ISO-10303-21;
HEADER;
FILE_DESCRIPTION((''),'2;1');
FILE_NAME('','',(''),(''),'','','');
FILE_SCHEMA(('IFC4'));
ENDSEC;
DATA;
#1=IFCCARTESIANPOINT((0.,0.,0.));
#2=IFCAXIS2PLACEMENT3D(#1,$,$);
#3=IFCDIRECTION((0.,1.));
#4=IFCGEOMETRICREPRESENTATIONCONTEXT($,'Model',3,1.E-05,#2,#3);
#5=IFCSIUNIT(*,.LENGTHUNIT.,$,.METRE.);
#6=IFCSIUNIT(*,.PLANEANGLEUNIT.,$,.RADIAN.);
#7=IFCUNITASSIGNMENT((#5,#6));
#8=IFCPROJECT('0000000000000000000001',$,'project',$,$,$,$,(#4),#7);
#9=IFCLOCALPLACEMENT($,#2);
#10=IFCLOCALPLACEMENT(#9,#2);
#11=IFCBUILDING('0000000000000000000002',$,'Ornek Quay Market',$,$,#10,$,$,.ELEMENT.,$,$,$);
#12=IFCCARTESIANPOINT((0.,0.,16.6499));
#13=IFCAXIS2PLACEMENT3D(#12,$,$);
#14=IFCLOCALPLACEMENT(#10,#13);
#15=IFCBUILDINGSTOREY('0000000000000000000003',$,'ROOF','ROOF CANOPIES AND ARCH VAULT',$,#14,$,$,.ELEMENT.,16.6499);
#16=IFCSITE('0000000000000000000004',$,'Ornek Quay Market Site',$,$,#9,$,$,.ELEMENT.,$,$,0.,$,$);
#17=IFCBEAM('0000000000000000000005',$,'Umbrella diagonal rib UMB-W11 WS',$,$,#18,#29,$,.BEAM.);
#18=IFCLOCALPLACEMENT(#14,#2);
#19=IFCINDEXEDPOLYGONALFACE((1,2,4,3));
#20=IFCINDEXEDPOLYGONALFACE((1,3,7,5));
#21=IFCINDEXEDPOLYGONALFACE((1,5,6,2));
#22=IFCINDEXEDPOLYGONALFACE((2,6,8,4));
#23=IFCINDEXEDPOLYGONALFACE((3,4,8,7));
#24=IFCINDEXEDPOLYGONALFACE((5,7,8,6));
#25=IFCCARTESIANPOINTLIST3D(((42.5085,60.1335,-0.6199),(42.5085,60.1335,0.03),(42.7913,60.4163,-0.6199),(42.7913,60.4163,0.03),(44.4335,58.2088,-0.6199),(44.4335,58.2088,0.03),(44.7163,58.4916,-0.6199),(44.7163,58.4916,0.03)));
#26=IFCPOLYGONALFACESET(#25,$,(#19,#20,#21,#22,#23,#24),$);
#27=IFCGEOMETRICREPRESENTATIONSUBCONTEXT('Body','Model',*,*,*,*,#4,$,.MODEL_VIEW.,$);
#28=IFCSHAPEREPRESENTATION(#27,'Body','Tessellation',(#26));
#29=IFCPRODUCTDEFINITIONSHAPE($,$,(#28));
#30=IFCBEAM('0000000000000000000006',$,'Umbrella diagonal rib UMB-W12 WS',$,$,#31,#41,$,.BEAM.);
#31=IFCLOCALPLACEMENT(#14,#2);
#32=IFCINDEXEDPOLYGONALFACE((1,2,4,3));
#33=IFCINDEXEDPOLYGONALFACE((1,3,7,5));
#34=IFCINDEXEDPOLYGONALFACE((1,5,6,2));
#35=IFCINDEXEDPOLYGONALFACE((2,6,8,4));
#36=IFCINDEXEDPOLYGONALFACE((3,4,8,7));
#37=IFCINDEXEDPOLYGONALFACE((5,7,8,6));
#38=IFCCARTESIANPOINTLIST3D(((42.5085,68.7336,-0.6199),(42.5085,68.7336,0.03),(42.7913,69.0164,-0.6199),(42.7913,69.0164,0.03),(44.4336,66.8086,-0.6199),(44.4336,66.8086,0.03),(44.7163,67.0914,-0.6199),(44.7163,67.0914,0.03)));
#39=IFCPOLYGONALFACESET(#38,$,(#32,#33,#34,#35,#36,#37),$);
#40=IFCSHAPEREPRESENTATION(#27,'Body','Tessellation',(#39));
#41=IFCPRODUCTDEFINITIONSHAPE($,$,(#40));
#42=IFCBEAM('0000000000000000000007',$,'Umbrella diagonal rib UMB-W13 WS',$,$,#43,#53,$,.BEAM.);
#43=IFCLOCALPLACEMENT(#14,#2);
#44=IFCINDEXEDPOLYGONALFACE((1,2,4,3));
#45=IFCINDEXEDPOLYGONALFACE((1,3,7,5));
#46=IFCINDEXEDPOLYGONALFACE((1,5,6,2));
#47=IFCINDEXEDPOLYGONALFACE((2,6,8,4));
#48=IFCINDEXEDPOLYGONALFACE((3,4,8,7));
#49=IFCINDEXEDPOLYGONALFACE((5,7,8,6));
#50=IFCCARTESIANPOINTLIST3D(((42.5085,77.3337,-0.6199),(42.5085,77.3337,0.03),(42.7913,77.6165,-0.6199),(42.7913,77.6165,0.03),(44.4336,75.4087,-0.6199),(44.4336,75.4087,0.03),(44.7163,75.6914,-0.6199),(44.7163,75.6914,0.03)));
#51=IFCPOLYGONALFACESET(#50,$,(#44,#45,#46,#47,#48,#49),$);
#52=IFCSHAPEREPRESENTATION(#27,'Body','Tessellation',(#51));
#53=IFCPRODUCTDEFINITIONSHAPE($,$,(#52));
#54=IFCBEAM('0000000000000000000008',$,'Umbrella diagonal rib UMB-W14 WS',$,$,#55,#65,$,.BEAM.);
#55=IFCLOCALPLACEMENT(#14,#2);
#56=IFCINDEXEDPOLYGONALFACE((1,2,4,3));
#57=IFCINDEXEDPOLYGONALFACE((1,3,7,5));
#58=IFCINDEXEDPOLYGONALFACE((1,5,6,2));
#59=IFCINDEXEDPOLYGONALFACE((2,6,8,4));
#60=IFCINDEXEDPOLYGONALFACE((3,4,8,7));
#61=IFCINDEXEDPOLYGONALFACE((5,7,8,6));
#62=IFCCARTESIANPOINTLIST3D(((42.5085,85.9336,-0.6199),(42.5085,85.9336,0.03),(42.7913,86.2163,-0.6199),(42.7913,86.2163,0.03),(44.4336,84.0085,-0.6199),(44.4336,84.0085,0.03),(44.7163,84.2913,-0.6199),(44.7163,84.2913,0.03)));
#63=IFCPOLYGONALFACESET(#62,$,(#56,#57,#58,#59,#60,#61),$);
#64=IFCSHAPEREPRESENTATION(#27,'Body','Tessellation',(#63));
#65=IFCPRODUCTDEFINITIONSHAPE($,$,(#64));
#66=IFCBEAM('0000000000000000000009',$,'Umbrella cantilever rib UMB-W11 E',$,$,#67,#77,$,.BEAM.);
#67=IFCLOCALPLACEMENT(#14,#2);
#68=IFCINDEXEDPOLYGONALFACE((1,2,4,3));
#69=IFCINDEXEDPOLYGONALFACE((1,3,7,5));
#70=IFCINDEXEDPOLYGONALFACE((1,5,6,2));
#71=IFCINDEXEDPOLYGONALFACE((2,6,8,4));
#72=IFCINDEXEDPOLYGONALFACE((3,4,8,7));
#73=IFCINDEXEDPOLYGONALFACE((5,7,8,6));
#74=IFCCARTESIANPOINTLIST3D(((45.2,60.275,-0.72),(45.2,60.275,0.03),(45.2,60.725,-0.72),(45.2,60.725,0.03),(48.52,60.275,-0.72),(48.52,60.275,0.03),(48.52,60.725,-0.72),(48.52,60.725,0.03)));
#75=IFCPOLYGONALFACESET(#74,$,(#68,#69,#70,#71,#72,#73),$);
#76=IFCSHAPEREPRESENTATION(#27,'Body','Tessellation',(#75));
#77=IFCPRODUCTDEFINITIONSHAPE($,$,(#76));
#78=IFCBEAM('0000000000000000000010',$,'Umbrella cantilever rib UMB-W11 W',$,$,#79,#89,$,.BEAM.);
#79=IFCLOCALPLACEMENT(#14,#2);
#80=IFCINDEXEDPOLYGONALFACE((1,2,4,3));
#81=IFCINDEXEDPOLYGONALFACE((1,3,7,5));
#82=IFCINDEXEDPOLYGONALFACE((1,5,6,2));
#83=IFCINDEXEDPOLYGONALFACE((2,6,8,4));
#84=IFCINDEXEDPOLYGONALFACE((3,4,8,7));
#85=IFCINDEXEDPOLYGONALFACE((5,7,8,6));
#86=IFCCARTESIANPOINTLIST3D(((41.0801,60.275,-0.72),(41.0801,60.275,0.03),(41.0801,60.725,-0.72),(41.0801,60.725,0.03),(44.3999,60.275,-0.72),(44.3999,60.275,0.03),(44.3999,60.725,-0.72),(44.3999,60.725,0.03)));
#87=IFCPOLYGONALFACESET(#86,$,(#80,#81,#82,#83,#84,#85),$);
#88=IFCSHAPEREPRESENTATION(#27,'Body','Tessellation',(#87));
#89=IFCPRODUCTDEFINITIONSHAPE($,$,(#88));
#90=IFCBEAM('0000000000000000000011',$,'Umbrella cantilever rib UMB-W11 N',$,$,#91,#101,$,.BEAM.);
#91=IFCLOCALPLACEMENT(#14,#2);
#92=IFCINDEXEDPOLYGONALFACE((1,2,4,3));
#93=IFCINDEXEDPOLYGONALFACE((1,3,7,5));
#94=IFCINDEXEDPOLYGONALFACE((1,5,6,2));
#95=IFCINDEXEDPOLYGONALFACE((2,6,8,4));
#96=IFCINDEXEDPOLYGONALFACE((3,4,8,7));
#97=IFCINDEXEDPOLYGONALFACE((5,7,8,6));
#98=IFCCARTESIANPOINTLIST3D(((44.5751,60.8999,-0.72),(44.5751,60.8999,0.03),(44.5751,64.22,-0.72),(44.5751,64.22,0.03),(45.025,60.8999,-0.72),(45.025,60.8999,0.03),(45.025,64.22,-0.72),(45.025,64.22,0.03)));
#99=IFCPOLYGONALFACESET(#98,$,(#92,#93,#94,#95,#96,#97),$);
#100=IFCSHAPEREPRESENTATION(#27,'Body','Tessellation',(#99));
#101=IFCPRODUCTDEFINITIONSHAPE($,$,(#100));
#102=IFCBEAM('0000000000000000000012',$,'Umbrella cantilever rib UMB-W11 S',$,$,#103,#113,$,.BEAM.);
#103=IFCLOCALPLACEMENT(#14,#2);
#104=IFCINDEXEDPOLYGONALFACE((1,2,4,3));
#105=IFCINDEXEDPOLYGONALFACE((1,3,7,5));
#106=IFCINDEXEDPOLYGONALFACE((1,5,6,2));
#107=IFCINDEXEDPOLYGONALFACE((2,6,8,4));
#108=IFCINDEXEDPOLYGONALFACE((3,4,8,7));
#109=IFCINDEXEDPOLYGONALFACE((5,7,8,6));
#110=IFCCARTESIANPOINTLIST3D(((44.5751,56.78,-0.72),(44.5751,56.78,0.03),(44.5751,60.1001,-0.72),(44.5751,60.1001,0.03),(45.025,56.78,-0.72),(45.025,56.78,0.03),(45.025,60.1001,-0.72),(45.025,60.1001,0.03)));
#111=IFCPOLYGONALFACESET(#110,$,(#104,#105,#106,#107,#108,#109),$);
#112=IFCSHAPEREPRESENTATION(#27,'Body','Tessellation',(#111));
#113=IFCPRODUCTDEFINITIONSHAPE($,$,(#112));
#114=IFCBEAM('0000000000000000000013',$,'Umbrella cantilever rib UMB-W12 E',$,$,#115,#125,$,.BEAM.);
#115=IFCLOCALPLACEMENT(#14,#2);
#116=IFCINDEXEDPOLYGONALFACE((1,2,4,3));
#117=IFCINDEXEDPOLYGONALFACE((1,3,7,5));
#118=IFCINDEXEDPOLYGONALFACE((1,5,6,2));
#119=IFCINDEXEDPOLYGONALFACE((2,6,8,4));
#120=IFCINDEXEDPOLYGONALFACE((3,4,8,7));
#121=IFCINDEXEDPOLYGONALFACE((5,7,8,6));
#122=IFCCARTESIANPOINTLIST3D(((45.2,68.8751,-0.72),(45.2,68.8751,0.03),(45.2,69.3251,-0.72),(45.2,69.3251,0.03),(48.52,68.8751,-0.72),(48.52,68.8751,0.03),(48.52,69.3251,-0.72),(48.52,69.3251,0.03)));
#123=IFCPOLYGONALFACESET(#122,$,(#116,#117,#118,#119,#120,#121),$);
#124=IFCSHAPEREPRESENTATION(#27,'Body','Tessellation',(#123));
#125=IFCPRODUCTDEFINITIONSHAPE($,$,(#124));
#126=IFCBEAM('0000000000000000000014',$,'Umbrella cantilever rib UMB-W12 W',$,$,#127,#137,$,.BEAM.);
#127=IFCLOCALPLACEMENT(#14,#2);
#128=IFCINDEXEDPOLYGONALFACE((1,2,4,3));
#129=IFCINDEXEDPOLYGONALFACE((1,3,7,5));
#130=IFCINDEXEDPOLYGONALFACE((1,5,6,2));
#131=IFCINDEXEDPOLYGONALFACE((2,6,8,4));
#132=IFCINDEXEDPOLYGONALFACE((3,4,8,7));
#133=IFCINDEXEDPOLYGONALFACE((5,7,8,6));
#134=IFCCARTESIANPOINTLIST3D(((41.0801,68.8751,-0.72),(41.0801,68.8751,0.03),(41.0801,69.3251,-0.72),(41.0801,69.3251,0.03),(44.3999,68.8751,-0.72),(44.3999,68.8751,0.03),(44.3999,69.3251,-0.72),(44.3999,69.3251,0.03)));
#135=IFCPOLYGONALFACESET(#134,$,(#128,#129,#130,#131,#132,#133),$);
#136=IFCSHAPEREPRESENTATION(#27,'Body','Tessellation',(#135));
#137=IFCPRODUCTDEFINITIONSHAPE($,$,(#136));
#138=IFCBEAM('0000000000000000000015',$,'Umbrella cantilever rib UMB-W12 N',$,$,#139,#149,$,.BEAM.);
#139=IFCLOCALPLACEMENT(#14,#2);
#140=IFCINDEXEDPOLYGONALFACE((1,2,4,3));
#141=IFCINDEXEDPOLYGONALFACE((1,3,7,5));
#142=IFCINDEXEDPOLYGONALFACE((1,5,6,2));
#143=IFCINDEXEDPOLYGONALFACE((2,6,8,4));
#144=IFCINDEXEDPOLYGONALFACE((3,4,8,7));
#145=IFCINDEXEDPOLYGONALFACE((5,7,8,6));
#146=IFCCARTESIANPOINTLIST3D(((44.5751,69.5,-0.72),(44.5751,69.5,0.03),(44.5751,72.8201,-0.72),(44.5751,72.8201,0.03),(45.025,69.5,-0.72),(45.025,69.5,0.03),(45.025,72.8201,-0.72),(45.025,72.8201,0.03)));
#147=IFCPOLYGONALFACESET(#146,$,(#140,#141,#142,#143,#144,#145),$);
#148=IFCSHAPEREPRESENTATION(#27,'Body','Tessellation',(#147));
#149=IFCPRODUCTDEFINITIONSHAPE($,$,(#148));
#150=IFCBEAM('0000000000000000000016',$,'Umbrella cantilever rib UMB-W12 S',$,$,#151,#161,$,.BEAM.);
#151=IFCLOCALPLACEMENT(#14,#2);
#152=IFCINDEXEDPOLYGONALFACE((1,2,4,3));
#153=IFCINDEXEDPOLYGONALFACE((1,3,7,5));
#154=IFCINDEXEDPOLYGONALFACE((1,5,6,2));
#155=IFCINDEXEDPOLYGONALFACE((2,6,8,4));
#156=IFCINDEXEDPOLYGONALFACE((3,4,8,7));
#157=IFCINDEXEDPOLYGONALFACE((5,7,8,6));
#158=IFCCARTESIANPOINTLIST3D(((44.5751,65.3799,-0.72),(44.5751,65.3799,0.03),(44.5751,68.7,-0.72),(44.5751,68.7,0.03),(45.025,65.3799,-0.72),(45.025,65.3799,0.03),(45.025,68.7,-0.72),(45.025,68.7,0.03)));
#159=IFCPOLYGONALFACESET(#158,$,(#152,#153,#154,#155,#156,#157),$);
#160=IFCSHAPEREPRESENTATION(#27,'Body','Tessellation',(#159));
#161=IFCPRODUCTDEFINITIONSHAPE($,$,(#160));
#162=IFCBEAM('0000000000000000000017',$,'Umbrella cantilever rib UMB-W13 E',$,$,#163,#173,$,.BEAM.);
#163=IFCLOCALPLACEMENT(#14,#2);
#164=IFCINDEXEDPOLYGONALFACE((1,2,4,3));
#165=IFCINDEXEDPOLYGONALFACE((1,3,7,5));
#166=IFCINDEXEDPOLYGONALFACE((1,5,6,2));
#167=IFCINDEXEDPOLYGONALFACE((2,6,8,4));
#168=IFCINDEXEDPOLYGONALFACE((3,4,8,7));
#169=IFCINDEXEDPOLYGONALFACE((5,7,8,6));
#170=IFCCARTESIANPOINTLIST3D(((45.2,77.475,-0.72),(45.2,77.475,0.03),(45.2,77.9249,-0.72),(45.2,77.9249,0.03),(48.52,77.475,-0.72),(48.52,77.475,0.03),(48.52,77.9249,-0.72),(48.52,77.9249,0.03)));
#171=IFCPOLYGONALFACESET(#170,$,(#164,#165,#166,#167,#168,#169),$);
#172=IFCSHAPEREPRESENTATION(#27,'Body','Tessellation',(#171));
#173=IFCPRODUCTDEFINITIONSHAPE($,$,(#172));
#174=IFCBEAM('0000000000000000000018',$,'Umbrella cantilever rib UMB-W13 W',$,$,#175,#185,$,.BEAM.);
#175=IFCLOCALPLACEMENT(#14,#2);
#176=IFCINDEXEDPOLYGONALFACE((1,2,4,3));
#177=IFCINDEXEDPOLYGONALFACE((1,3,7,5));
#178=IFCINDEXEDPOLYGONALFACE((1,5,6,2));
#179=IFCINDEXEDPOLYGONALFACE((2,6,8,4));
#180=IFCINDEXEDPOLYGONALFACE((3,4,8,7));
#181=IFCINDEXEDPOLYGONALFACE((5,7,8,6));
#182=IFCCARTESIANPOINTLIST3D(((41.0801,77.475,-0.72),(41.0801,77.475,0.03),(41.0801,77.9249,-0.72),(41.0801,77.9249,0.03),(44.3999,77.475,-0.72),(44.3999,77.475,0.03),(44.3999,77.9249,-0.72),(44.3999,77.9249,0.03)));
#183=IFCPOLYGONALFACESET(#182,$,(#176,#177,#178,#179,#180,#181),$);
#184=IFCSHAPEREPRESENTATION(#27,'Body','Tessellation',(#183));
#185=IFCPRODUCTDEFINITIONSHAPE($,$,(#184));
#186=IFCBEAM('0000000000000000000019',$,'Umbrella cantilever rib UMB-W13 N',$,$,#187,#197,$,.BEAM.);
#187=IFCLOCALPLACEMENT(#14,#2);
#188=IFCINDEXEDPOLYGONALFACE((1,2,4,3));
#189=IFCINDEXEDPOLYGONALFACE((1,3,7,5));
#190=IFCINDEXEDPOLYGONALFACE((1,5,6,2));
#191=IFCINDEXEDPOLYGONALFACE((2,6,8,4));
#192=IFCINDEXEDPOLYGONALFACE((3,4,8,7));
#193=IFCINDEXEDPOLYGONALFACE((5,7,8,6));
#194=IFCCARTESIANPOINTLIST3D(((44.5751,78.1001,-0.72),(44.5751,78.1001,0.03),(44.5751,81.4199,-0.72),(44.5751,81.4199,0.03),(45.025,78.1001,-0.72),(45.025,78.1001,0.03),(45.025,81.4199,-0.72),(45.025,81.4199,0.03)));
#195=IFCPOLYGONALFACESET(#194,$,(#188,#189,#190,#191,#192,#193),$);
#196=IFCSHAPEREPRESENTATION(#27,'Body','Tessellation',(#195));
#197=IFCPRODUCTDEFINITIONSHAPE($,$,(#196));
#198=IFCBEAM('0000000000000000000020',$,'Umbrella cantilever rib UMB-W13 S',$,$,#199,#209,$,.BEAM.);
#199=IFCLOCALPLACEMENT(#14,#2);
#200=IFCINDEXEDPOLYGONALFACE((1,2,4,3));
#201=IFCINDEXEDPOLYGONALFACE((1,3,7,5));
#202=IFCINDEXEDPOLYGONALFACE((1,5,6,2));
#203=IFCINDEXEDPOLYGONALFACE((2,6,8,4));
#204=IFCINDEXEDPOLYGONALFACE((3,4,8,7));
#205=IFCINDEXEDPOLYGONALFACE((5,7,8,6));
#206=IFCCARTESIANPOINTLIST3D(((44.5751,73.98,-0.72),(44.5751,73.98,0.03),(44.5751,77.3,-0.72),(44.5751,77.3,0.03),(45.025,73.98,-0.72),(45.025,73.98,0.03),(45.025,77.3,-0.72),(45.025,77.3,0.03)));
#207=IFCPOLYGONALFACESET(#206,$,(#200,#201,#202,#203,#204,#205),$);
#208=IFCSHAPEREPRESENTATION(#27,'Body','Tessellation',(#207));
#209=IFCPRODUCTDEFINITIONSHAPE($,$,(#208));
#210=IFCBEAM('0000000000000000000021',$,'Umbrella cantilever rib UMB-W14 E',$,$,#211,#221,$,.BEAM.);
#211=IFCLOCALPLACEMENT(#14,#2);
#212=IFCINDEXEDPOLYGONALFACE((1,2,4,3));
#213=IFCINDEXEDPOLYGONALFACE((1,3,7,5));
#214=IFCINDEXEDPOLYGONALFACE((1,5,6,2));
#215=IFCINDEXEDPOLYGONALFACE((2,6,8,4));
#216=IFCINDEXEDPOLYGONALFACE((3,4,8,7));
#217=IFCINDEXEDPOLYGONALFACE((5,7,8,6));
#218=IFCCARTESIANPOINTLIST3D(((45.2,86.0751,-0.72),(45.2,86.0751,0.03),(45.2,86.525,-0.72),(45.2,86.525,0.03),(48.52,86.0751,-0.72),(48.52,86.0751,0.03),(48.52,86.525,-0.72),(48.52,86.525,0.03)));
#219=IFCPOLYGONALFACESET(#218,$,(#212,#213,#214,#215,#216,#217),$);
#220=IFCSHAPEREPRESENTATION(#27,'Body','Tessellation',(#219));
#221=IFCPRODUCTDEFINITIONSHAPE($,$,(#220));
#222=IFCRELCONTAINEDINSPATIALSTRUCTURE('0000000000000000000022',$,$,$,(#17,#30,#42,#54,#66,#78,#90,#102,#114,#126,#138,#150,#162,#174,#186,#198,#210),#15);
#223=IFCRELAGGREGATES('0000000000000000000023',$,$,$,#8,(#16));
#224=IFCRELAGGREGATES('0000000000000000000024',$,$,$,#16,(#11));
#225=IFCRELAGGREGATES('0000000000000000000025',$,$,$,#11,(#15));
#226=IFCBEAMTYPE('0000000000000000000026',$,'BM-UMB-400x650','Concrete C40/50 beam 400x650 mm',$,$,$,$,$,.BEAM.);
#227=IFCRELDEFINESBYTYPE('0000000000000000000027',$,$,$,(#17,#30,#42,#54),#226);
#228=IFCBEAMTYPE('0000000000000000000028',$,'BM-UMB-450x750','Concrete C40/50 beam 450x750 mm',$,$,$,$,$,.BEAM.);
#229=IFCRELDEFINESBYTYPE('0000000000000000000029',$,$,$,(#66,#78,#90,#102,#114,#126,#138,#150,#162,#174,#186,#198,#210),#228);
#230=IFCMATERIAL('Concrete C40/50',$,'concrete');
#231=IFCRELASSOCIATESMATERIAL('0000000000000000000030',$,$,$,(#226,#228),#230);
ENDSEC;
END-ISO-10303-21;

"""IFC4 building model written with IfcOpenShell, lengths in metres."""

from ifc_helpers import new_model, si_unit, direction, frame, origin, origin_2d, place, context, subcontext, project, spatial, rectangle, extrude, material, material_profile, profile_set, type_object, element, save


model = new_model("IFC4")

# Units and contexts
model_context = context("Model", 3, precision=1e-05, world=origin(), true_north=direction((0.0, 1.0)))
body_context = subcontext(model_context, "Body", "Model", "MODEL_VIEW")
ifc_project = project(units=[si_unit("LENGTHUNIT", "METRE"), si_unit("PLANEANGLEUNIT", "RADIAN")], contexts=[model_context])

# Site, building, storey
site_placement = place(None, origin())
site = spatial("IfcSite", under=ifc_project, at=site_placement, Name="Ornek Quay Market Site", CompositionType="ELEMENT", RefElevation=0.0)
building_placement = place(site_placement, origin())
building = spatial("IfcBuilding", under=site, at=building_placement, Name="Ornek Quay Market", CompositionType="ELEMENT")
storey_placement = place(building_placement, frame((0.0, 0.0, 16.6499)))
storey = spatial("IfcBuildingStorey", under=building, at=storey_placement, Name="ROOF", Description="ROOF CANOPIES AND ARCH VAULT", CompositionType="ELEMENT", Elevation=16.6499)

# Beams
ifc_material = material(Name="Concrete C40/50", Category="concrete")
ifc_material_profile_1 = material_profile(ifc_material, rectangle(XDim=0.3999, YDim=0.6499, at=origin_2d()), Name="RC 400x650", Category="concrete")
ifc_profile_set_1 = profile_set([ifc_material_profile_1], Name="Concrete C40/50")
beam_type_1 = type_object("IfcBeamType", Name="BM-UMB-400x650", Description="Concrete C40/50 beam 400x650 mm", PredefinedType="BEAM", material=ifc_profile_set_1)
beam_1_placement = place(storey_placement, frame((42.6499, 60.2749, -0.2949), z_axis=(0.707152, -0.707062, 0.0), x_axis=(0.707062, 0.707152, 0.0)))
element("IfcBeam", 1, at=beam_1_placement, inside=storey, type_object=beam_type_1, Name="Umbrella diagonal rib UMB-W11 WS", PredefinedType="BEAM", context=body_context, shape_type="SweptSolid", body=[
    extrude(rectangle(XDim=0.3999, YDim=0.6499, at=origin_2d()), origin(), (0.0, 0.0, 1.0), 2.7222),
])
for number, where, z_axis, x_axis, name in (
    (2, (42.6499, 68.875, -0.2949), (0.707107, -0.707107, 0.0), (0.707107, 0.707107, 0.0), "Umbrella diagonal rib UMB-W12 WS"),
    (3, (42.6499, 77.4751, -0.2949), (0.707107, -0.707107, 0.0), (0.707107, 0.707107, 0.0), "Umbrella diagonal rib UMB-W13 WS"),
    (4, (42.6499, 86.075, -0.2949), (0.707107, -0.707107, 0.0), (0.707107, 0.707107, 0.0), "Umbrella diagonal rib UMB-W14 WS"),
):
    element("IfcBeam", number, at=place(storey_placement, frame(where, z_axis=z_axis, x_axis=x_axis)), inside=storey, type_object=beam_type_1, Name=name, PredefinedType="BEAM", context=body_context, shape_type="SweptSolid", body=[
        extrude(rectangle(XDim=0.3999, YDim=0.6499, at=origin_2d()), origin(), (0.0, 0.0, 1.0), 2.7224),
    ])
ifc_material_profile_2 = material_profile(ifc_material, rectangle(XDim=0.45, YDim=0.75, at=origin_2d()), Name="RC 450x750", Category="concrete")
ifc_profile_set_2 = profile_set([ifc_material_profile_2], Name="Concrete C40/50")
beam_type_2 = type_object("IfcBeamType", Name="BM-UMB-450x750", Description="Concrete C40/50 beam 450x750 mm", PredefinedType="BEAM", material=ifc_profile_set_2)
beam_2_placement = place(storey_placement, frame((45.2, 60.5, -0.345), z_axis=(1.0, 0.0, 0.0), x_axis=(0.0, 1.0, 0.0)))
element("IfcBeam", 5, at=beam_2_placement, inside=storey, type_object=beam_type_2, Name="Umbrella cantilever rib UMB-W11 E", PredefinedType="BEAM", context=body_context, shape_type="SweptSolid", body=[
    extrude(rectangle(XDim=0.45, YDim=0.75, at=origin_2d()), origin(), (0.0, 0.0, 1.0), 3.3201),
])
beam_3_placement = place(storey_placement, frame((44.3999, 60.5, -0.345), z_axis=(-1.0, 0.0, 0.0), x_axis=(0.0, -1.0, 0.0)))
element("IfcBeam", 6, at=beam_3_placement, inside=storey, type_object=beam_type_2, Name="Umbrella cantilever rib UMB-W11 W", PredefinedType="BEAM", context=body_context, shape_type="SweptSolid", body=[
    extrude(rectangle(XDim=0.45, YDim=0.75, at=origin_2d()), origin(), (0.0, 0.0, 1.0), 3.3198),
])
for number, where, z_axis, x_axis, name in (
    (7, (44.8, 60.8999, -0.345), (0.0, 1.0, 0.0), (-1.0, 0.0, 0.0), "Umbrella cantilever rib UMB-W11 N"),
    (8, (44.8, 60.1001, -0.345), (0.0, -1.0, 0.0), (1.0, 0.0, 0.0), "Umbrella cantilever rib UMB-W11 S"),
    (9, (45.2, 69.1001, -0.345), (1.0, 0.0, 0.0), (0.0, 1.0, 0.0), "Umbrella cantilever rib UMB-W12 E"),
):
    element("IfcBeam", number, at=place(storey_placement, frame(where, z_axis=z_axis, x_axis=x_axis)), inside=storey, type_object=beam_type_2, Name=name, PredefinedType="BEAM", context=body_context, shape_type="SweptSolid", body=[
        extrude(rectangle(XDim=0.45, YDim=0.75, at=origin_2d()), origin(), (0.0, 0.0, 1.0), 3.3201),
    ])
beam_4_placement = place(storey_placement, frame((44.3999, 69.1001, -0.345), z_axis=(-1.0, 0.0, 0.0), x_axis=(0.0, -1.0, 0.0)))
element("IfcBeam", 10, at=beam_4_placement, inside=storey, type_object=beam_type_2, Name="Umbrella cantilever rib UMB-W12 W", PredefinedType="BEAM", context=body_context, shape_type="SweptSolid", body=[
    extrude(rectangle(XDim=0.45, YDim=0.75, at=origin_2d()), origin(), (0.0, 0.0, 1.0), 3.3198),
])
for number, where, z_axis, x_axis, name in (
    (11, (44.8, 69.5, -0.345), (0.0, 1.0, 0.0), (-1.0, 0.0, 0.0), "Umbrella cantilever rib UMB-W12 N"),
    (12, (44.8, 68.7, -0.345), (0.0, -1.0, 0.0), (1.0, 0.0, 0.0), "Umbrella cantilever rib UMB-W12 S"),
    (13, (45.2, 77.7, -0.345), (1.0, 0.0, 0.0), (0.0, 1.0, 0.0), "Umbrella cantilever rib UMB-W13 E"),
):
    element("IfcBeam", number, at=place(storey_placement, frame(where, z_axis=z_axis, x_axis=x_axis)), inside=storey, type_object=beam_type_2, Name=name, PredefinedType="BEAM", context=body_context, shape_type="SweptSolid", body=[
        extrude(rectangle(XDim=0.45, YDim=0.75, at=origin_2d()), origin(), (0.0, 0.0, 1.0), 3.3201),
    ])
for number, where, z_axis, x_axis, name in (
    (14, (44.3999, 77.7, -0.345), (-1.0, 0.0, 0.0), (0.0, -1.0, 0.0), "Umbrella cantilever rib UMB-W13 W"),
    (15, (44.8, 78.1001, -0.345), (0.0, 1.0, 0.0), (-1.0, 0.0, 0.0), "Umbrella cantilever rib UMB-W13 N"),
):
    element("IfcBeam", number, at=place(storey_placement, frame(where, z_axis=z_axis, x_axis=x_axis)), inside=storey, type_object=beam_type_2, Name=name, PredefinedType="BEAM", context=body_context, shape_type="SweptSolid", body=[
        extrude(rectangle(XDim=0.45, YDim=0.75, at=origin_2d()), origin(), (0.0, 0.0, 1.0), 3.3198),
    ])
for number, where, z_axis, x_axis, name in (
    (16, (44.8, 77.3, -0.345), (0.0, -1.0, 0.0), (1.0, 0.0, 0.0), "Umbrella cantilever rib UMB-W13 S"),
    (17, (45.2, 86.3, -0.345), (1.0, 0.0, 0.0), (0.0, 1.0, 0.0), "Umbrella cantilever rib UMB-W14 E"),
):
    element("IfcBeam", number, at=place(storey_placement, frame(where, z_axis=z_axis, x_axis=x_axis)), inside=storey, type_object=beam_type_2, Name=name, PredefinedType="BEAM", context=body_context, shape_type="SweptSolid", body=[
        extrude(rectangle(XDim=0.45, YDim=0.75, at=origin_2d()), origin(), (0.0, 0.0, 1.0), 3.3201),
    ])

save(model, "model.ifc")
